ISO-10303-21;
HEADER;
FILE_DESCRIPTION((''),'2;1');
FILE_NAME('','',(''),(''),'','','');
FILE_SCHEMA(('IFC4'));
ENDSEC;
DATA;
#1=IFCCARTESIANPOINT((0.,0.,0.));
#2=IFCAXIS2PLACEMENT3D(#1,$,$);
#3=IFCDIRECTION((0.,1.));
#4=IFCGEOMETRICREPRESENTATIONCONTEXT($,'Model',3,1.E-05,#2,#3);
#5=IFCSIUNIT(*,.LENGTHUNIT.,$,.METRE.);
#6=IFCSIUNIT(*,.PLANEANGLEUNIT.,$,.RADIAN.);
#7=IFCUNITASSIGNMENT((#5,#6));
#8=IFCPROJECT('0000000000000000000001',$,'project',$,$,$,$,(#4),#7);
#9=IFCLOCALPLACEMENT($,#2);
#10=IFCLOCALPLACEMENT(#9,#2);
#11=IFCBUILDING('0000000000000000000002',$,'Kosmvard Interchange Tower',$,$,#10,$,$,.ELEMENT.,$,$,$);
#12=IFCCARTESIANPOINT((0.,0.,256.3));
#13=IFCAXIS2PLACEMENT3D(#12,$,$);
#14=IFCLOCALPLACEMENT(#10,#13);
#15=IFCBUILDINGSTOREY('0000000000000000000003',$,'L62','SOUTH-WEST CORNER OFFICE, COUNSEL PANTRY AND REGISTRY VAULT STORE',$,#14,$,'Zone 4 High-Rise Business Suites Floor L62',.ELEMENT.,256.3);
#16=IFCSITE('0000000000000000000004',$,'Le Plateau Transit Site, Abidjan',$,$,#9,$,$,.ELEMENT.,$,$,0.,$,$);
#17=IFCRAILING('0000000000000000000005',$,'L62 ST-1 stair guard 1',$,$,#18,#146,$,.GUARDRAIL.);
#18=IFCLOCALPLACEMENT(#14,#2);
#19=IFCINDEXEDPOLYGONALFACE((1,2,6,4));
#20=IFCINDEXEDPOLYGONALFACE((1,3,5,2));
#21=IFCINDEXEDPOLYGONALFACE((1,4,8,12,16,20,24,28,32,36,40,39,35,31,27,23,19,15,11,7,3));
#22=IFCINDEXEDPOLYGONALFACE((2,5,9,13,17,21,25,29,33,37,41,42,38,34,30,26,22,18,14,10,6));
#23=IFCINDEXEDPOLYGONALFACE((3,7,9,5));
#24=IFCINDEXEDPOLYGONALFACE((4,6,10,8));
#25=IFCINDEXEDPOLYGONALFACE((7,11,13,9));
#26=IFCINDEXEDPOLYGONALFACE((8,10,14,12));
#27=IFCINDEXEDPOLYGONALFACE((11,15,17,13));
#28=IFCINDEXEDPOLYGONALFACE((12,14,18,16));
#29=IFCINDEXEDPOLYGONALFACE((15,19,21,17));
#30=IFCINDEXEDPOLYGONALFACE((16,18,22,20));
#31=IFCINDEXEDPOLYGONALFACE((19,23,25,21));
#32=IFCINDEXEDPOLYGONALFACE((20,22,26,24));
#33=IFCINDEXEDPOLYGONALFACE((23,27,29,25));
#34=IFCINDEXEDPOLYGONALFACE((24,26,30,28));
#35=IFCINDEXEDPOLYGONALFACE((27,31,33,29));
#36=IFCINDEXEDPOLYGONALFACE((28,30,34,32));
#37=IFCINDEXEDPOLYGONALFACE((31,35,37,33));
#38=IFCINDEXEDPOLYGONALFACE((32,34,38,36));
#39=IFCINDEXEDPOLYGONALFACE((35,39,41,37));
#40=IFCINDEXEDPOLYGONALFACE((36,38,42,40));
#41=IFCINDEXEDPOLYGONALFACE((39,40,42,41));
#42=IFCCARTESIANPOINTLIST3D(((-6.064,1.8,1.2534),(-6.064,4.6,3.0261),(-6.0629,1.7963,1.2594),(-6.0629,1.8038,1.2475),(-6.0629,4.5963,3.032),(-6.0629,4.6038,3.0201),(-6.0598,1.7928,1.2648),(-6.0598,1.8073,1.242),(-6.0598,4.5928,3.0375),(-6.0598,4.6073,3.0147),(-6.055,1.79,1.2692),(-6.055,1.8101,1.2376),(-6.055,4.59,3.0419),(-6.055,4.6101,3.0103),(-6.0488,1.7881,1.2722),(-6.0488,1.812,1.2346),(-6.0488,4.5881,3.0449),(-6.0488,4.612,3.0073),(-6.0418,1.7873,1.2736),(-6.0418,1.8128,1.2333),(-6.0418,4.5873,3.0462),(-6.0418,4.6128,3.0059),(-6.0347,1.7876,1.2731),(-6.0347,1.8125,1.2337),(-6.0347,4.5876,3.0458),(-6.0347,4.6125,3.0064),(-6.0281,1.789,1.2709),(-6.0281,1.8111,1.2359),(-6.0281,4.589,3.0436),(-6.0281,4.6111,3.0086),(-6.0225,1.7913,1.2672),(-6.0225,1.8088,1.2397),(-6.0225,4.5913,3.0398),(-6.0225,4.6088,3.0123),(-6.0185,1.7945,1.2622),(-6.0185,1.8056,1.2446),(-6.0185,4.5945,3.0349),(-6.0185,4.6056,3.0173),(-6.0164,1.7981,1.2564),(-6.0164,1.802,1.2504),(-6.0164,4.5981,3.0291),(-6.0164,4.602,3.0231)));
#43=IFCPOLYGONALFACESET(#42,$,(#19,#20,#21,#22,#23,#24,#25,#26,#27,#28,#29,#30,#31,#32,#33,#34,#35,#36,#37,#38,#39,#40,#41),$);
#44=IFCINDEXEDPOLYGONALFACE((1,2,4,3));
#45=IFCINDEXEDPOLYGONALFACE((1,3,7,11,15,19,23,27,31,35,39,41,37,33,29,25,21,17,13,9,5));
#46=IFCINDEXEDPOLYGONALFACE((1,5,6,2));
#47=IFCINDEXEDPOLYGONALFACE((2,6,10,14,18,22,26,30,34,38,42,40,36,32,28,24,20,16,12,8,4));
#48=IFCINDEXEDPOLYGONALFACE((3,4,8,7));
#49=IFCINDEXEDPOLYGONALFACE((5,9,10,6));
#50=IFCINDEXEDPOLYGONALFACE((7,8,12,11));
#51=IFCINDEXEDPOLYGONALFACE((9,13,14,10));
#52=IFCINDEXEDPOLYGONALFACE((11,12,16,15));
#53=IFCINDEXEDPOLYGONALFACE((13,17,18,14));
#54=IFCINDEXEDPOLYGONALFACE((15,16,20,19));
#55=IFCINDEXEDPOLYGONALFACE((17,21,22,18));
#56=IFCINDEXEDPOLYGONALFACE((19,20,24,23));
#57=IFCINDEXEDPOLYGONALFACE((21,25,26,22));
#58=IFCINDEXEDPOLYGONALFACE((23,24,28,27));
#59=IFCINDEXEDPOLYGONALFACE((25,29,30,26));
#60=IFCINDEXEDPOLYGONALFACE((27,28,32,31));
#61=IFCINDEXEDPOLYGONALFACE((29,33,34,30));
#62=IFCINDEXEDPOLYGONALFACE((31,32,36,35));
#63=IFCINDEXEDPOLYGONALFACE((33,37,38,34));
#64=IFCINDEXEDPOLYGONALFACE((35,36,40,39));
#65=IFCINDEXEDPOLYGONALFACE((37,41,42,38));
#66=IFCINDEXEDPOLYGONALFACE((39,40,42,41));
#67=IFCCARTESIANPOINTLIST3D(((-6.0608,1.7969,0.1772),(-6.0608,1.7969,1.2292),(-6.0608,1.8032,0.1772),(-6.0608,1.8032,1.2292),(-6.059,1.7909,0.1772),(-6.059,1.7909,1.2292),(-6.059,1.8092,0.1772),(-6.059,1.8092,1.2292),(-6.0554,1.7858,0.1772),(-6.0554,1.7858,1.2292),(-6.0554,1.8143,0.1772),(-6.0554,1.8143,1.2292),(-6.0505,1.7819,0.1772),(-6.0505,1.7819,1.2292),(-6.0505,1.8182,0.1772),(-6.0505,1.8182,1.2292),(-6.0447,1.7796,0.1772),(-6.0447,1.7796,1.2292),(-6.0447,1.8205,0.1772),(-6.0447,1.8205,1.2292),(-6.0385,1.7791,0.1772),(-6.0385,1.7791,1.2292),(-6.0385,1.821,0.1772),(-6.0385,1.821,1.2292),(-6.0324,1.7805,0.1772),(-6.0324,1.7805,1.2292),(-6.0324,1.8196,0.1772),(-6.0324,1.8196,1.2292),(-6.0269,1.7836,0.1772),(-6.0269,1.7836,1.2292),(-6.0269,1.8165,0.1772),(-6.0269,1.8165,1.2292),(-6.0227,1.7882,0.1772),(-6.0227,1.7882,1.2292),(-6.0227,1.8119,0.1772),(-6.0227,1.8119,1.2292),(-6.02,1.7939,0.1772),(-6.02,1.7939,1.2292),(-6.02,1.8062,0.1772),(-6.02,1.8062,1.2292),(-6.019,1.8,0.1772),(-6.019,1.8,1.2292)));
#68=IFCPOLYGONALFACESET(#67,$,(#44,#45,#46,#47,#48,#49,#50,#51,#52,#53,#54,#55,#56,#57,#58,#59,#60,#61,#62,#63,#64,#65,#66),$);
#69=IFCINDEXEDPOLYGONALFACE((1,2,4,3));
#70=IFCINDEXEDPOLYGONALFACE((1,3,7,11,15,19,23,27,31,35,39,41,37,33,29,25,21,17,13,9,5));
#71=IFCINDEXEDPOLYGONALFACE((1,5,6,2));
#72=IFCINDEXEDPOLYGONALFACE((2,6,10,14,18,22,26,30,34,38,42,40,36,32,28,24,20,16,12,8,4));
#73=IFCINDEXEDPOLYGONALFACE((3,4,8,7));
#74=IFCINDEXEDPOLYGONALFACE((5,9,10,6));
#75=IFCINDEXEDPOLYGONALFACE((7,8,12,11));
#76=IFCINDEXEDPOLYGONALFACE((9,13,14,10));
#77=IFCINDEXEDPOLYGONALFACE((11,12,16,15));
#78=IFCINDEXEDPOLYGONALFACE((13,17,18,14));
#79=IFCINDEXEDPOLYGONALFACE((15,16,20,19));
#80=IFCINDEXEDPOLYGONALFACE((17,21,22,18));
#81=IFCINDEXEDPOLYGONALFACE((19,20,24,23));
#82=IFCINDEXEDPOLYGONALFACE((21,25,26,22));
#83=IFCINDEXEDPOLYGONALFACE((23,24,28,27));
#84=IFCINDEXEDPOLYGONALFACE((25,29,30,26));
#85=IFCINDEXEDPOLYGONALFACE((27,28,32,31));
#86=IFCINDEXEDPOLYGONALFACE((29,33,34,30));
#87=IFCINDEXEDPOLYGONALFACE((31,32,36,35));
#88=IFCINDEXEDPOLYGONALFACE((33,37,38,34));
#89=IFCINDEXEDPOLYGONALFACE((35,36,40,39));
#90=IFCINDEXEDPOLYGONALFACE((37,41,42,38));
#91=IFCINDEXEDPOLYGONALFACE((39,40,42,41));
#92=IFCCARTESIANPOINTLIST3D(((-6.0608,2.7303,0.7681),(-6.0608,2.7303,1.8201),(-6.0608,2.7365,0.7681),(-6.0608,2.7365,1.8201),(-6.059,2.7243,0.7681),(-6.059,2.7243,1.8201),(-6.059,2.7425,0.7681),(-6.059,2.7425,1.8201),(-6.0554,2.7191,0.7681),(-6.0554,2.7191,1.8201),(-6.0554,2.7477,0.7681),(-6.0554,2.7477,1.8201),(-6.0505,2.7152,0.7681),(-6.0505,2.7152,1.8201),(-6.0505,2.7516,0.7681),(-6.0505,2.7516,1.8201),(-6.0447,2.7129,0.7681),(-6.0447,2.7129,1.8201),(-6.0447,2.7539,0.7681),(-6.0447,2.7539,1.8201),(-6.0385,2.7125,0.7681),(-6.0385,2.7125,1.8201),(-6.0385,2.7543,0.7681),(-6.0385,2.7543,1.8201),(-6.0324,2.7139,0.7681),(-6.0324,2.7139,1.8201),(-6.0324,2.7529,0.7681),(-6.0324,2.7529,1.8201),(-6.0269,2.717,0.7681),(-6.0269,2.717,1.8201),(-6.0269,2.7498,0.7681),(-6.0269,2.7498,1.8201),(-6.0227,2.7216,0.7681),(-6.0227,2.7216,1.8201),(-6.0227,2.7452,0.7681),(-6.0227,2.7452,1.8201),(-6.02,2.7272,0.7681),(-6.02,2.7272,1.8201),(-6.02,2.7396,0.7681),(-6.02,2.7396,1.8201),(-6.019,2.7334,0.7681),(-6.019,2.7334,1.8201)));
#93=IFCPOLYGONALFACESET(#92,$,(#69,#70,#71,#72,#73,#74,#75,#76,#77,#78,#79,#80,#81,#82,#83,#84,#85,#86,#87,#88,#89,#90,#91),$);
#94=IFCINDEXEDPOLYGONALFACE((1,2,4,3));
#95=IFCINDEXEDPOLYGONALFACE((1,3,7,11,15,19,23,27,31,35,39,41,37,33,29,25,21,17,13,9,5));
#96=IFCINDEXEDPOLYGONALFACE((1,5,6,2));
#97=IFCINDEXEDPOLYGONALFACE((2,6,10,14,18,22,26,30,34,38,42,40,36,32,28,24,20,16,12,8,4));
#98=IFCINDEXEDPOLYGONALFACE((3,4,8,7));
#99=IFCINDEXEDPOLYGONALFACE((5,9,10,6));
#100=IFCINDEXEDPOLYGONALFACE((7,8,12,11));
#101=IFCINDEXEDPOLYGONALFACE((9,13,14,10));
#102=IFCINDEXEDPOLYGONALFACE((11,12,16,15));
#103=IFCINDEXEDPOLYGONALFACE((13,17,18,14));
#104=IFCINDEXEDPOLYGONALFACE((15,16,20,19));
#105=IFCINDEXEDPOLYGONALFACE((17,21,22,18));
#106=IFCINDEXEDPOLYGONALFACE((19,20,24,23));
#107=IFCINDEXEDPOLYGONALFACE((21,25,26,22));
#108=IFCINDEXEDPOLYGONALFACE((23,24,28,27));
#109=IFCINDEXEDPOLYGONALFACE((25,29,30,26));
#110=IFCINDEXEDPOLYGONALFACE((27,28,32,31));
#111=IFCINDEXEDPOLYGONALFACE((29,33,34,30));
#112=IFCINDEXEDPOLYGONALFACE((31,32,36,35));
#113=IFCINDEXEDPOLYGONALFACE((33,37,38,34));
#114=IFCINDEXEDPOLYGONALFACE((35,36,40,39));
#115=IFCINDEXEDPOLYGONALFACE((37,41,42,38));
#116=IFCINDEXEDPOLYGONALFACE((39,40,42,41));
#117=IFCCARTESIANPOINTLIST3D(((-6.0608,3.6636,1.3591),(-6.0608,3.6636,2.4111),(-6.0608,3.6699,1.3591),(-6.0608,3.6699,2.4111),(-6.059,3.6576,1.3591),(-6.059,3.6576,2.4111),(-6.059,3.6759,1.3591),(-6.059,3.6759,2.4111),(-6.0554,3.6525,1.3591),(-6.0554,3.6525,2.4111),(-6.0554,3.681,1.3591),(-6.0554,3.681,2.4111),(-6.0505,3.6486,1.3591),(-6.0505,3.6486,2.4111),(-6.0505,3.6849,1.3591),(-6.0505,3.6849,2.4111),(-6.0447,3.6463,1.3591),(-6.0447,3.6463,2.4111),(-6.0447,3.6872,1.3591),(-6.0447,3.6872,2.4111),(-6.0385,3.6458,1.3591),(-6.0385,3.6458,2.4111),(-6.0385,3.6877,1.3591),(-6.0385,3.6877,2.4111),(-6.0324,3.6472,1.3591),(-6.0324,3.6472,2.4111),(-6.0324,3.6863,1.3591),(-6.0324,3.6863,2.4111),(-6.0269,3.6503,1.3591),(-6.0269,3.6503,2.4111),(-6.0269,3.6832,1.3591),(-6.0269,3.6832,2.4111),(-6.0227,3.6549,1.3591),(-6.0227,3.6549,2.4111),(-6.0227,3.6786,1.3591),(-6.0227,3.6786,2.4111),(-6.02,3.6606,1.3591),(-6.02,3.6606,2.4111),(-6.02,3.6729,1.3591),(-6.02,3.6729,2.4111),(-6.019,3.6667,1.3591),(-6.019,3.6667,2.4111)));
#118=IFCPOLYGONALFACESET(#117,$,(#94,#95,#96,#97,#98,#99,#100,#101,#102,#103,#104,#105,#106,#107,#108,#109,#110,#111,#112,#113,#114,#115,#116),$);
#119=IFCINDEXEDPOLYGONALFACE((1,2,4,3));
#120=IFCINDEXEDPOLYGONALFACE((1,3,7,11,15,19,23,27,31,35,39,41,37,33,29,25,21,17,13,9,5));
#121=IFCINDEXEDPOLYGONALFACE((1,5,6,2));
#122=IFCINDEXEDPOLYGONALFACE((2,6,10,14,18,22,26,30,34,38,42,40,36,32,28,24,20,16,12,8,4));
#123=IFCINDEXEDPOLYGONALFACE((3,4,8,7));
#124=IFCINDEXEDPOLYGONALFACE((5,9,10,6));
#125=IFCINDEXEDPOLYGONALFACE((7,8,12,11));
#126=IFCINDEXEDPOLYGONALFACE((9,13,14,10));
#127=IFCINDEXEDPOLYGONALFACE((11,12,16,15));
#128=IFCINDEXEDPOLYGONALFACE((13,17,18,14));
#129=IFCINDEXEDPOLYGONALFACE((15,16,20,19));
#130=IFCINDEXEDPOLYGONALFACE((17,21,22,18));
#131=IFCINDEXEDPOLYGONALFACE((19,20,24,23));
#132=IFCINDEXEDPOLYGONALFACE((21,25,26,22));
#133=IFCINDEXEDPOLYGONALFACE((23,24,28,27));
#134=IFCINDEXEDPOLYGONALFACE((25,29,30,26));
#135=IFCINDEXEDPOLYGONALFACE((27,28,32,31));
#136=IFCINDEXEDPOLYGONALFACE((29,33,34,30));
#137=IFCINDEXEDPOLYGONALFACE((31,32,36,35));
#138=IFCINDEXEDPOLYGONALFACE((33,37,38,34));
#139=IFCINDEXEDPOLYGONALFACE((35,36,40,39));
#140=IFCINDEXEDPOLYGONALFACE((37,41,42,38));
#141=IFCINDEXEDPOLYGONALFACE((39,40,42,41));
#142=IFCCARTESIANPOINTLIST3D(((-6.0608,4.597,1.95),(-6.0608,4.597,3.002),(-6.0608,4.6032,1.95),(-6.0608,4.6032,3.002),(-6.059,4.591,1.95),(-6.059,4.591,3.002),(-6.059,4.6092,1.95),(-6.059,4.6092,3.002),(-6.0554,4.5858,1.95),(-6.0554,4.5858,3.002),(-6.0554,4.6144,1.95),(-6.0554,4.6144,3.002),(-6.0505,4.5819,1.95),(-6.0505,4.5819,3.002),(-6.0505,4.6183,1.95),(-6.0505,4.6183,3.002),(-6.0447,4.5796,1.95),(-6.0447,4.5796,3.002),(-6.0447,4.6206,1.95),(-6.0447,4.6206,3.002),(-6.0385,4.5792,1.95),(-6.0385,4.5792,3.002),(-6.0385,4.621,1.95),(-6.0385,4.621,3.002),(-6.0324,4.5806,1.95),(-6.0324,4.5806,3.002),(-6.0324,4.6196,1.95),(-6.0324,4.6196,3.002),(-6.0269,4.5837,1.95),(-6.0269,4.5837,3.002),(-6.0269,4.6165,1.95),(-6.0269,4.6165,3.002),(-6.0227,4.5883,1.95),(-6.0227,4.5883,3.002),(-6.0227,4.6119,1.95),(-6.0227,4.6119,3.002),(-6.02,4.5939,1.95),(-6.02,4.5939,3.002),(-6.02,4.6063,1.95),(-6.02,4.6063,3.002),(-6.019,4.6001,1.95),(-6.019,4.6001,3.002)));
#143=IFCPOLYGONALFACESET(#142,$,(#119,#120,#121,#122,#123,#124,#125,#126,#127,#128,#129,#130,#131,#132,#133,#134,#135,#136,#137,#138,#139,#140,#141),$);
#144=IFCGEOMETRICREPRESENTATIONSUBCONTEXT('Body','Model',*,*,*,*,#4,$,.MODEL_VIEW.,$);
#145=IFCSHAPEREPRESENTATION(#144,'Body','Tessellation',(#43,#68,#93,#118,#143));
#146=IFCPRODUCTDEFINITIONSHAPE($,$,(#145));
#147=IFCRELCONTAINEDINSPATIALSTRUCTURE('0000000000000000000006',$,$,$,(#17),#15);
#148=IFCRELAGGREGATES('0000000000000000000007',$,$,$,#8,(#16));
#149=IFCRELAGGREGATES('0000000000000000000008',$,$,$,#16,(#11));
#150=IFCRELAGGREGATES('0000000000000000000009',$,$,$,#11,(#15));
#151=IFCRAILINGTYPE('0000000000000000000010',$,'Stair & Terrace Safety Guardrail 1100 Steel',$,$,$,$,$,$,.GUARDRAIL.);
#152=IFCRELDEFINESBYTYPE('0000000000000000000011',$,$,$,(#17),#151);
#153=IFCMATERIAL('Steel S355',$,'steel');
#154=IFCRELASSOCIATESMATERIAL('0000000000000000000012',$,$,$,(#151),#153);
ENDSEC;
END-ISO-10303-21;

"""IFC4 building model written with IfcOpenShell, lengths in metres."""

from ifc_helpers import new_model, si_unit, direction, frame, origin, origin_2d, place, context, subcontext, project, spatial, circle, extrude, source, transform, mapped, material, type_object, element, save


model = new_model("IFC4")

# Units and contexts
model_context = context("Model", 3, precision=1e-05, world=origin(), true_north=direction((0.0, 1.0)))
body_context = subcontext(model_context, "Body", "Model", "MODEL_VIEW")
ifc_project = project(units=[si_unit("LENGTHUNIT", "METRE"), si_unit("PLANEANGLEUNIT", "RADIAN")], contexts=[model_context])

# Site, building, storey
site_placement = place(None, origin())
site = spatial("IfcSite", under=ifc_project, at=site_placement, Name="Le Plateau Transit Site, Abidjan", CompositionType="ELEMENT", RefElevation=0.0)
building_placement = place(site_placement, origin())
building = spatial("IfcBuilding", under=site, at=building_placement, Name="Kosmvard Interchange Tower", CompositionType="ELEMENT")
storey_placement = place(building_placement, frame((0.0, 0.0, 256.3)))
storey = spatial("IfcBuildingStorey", under=building, at=storey_placement, Name="L62", Description="SOUTH-WEST CORNER OFFICE, COUNSEL PANTRY AND REGISTRY VAULT STORE", LongName="Zone 4 High-Rise Business Suites Floor L62", CompositionType="ELEMENT", Elevation=256.3)

# Railing
ifc_material_1 = material(Name="Steel S355", Category="steel")
railing_type_1 = type_object("IfcRailingType", Name="Stair & Terrace Safety Guardrail 1100 Steel", PredefinedType="GUARDRAIL", material=ifc_material_1)
shared_shape_1 = source(origin(), body_context, "Body", "SweptSolid", [
    extrude(circle(Radius=0.0239, at=origin_2d()), frame((0.0, 0.0, 1.0762), z_axis=(0.0, 0.844909, 0.53491), x_axis=(-1.0, 0.0, 0.0)), (0.0, 0.0, 1.0), 3.314),
    extrude(circle(Radius=0.021, at=origin_2d()), origin(), (0.0, 0.0, 1.0), 1.052),
    extrude(circle(Radius=0.021, at=origin_2d()), frame((0.0, 0.9333, 0.5908)), (0.0, 0.0, 1.0), 1.052),
    extrude(circle(Radius=0.021, at=origin_2d()), frame((0.0, 1.8667, 1.1819)), (0.0, 0.0, 1.0), 1.052),
    extrude(circle(Radius=0.021, at=origin_2d()), frame((0.0, 2.8, 1.7727)), (0.0, 0.0, 1.0), 1.052),
])
railing_1_placement = place(storey_placement, frame((-6.04, 1.8, 0.1772)))
element("IfcRailing", 1, at=railing_1_placement, inside=storey, type_object=railing_type_1, Name="L62 ST-1 stair guard 1", PredefinedType="GUARDRAIL", context=body_context, shape_type="MappedRepresentation", body=[
    mapped(shared_shape_1, transform((0.0, 0.0, 0.0), scale=1.0)),
])

save(model, "model.ifc")
